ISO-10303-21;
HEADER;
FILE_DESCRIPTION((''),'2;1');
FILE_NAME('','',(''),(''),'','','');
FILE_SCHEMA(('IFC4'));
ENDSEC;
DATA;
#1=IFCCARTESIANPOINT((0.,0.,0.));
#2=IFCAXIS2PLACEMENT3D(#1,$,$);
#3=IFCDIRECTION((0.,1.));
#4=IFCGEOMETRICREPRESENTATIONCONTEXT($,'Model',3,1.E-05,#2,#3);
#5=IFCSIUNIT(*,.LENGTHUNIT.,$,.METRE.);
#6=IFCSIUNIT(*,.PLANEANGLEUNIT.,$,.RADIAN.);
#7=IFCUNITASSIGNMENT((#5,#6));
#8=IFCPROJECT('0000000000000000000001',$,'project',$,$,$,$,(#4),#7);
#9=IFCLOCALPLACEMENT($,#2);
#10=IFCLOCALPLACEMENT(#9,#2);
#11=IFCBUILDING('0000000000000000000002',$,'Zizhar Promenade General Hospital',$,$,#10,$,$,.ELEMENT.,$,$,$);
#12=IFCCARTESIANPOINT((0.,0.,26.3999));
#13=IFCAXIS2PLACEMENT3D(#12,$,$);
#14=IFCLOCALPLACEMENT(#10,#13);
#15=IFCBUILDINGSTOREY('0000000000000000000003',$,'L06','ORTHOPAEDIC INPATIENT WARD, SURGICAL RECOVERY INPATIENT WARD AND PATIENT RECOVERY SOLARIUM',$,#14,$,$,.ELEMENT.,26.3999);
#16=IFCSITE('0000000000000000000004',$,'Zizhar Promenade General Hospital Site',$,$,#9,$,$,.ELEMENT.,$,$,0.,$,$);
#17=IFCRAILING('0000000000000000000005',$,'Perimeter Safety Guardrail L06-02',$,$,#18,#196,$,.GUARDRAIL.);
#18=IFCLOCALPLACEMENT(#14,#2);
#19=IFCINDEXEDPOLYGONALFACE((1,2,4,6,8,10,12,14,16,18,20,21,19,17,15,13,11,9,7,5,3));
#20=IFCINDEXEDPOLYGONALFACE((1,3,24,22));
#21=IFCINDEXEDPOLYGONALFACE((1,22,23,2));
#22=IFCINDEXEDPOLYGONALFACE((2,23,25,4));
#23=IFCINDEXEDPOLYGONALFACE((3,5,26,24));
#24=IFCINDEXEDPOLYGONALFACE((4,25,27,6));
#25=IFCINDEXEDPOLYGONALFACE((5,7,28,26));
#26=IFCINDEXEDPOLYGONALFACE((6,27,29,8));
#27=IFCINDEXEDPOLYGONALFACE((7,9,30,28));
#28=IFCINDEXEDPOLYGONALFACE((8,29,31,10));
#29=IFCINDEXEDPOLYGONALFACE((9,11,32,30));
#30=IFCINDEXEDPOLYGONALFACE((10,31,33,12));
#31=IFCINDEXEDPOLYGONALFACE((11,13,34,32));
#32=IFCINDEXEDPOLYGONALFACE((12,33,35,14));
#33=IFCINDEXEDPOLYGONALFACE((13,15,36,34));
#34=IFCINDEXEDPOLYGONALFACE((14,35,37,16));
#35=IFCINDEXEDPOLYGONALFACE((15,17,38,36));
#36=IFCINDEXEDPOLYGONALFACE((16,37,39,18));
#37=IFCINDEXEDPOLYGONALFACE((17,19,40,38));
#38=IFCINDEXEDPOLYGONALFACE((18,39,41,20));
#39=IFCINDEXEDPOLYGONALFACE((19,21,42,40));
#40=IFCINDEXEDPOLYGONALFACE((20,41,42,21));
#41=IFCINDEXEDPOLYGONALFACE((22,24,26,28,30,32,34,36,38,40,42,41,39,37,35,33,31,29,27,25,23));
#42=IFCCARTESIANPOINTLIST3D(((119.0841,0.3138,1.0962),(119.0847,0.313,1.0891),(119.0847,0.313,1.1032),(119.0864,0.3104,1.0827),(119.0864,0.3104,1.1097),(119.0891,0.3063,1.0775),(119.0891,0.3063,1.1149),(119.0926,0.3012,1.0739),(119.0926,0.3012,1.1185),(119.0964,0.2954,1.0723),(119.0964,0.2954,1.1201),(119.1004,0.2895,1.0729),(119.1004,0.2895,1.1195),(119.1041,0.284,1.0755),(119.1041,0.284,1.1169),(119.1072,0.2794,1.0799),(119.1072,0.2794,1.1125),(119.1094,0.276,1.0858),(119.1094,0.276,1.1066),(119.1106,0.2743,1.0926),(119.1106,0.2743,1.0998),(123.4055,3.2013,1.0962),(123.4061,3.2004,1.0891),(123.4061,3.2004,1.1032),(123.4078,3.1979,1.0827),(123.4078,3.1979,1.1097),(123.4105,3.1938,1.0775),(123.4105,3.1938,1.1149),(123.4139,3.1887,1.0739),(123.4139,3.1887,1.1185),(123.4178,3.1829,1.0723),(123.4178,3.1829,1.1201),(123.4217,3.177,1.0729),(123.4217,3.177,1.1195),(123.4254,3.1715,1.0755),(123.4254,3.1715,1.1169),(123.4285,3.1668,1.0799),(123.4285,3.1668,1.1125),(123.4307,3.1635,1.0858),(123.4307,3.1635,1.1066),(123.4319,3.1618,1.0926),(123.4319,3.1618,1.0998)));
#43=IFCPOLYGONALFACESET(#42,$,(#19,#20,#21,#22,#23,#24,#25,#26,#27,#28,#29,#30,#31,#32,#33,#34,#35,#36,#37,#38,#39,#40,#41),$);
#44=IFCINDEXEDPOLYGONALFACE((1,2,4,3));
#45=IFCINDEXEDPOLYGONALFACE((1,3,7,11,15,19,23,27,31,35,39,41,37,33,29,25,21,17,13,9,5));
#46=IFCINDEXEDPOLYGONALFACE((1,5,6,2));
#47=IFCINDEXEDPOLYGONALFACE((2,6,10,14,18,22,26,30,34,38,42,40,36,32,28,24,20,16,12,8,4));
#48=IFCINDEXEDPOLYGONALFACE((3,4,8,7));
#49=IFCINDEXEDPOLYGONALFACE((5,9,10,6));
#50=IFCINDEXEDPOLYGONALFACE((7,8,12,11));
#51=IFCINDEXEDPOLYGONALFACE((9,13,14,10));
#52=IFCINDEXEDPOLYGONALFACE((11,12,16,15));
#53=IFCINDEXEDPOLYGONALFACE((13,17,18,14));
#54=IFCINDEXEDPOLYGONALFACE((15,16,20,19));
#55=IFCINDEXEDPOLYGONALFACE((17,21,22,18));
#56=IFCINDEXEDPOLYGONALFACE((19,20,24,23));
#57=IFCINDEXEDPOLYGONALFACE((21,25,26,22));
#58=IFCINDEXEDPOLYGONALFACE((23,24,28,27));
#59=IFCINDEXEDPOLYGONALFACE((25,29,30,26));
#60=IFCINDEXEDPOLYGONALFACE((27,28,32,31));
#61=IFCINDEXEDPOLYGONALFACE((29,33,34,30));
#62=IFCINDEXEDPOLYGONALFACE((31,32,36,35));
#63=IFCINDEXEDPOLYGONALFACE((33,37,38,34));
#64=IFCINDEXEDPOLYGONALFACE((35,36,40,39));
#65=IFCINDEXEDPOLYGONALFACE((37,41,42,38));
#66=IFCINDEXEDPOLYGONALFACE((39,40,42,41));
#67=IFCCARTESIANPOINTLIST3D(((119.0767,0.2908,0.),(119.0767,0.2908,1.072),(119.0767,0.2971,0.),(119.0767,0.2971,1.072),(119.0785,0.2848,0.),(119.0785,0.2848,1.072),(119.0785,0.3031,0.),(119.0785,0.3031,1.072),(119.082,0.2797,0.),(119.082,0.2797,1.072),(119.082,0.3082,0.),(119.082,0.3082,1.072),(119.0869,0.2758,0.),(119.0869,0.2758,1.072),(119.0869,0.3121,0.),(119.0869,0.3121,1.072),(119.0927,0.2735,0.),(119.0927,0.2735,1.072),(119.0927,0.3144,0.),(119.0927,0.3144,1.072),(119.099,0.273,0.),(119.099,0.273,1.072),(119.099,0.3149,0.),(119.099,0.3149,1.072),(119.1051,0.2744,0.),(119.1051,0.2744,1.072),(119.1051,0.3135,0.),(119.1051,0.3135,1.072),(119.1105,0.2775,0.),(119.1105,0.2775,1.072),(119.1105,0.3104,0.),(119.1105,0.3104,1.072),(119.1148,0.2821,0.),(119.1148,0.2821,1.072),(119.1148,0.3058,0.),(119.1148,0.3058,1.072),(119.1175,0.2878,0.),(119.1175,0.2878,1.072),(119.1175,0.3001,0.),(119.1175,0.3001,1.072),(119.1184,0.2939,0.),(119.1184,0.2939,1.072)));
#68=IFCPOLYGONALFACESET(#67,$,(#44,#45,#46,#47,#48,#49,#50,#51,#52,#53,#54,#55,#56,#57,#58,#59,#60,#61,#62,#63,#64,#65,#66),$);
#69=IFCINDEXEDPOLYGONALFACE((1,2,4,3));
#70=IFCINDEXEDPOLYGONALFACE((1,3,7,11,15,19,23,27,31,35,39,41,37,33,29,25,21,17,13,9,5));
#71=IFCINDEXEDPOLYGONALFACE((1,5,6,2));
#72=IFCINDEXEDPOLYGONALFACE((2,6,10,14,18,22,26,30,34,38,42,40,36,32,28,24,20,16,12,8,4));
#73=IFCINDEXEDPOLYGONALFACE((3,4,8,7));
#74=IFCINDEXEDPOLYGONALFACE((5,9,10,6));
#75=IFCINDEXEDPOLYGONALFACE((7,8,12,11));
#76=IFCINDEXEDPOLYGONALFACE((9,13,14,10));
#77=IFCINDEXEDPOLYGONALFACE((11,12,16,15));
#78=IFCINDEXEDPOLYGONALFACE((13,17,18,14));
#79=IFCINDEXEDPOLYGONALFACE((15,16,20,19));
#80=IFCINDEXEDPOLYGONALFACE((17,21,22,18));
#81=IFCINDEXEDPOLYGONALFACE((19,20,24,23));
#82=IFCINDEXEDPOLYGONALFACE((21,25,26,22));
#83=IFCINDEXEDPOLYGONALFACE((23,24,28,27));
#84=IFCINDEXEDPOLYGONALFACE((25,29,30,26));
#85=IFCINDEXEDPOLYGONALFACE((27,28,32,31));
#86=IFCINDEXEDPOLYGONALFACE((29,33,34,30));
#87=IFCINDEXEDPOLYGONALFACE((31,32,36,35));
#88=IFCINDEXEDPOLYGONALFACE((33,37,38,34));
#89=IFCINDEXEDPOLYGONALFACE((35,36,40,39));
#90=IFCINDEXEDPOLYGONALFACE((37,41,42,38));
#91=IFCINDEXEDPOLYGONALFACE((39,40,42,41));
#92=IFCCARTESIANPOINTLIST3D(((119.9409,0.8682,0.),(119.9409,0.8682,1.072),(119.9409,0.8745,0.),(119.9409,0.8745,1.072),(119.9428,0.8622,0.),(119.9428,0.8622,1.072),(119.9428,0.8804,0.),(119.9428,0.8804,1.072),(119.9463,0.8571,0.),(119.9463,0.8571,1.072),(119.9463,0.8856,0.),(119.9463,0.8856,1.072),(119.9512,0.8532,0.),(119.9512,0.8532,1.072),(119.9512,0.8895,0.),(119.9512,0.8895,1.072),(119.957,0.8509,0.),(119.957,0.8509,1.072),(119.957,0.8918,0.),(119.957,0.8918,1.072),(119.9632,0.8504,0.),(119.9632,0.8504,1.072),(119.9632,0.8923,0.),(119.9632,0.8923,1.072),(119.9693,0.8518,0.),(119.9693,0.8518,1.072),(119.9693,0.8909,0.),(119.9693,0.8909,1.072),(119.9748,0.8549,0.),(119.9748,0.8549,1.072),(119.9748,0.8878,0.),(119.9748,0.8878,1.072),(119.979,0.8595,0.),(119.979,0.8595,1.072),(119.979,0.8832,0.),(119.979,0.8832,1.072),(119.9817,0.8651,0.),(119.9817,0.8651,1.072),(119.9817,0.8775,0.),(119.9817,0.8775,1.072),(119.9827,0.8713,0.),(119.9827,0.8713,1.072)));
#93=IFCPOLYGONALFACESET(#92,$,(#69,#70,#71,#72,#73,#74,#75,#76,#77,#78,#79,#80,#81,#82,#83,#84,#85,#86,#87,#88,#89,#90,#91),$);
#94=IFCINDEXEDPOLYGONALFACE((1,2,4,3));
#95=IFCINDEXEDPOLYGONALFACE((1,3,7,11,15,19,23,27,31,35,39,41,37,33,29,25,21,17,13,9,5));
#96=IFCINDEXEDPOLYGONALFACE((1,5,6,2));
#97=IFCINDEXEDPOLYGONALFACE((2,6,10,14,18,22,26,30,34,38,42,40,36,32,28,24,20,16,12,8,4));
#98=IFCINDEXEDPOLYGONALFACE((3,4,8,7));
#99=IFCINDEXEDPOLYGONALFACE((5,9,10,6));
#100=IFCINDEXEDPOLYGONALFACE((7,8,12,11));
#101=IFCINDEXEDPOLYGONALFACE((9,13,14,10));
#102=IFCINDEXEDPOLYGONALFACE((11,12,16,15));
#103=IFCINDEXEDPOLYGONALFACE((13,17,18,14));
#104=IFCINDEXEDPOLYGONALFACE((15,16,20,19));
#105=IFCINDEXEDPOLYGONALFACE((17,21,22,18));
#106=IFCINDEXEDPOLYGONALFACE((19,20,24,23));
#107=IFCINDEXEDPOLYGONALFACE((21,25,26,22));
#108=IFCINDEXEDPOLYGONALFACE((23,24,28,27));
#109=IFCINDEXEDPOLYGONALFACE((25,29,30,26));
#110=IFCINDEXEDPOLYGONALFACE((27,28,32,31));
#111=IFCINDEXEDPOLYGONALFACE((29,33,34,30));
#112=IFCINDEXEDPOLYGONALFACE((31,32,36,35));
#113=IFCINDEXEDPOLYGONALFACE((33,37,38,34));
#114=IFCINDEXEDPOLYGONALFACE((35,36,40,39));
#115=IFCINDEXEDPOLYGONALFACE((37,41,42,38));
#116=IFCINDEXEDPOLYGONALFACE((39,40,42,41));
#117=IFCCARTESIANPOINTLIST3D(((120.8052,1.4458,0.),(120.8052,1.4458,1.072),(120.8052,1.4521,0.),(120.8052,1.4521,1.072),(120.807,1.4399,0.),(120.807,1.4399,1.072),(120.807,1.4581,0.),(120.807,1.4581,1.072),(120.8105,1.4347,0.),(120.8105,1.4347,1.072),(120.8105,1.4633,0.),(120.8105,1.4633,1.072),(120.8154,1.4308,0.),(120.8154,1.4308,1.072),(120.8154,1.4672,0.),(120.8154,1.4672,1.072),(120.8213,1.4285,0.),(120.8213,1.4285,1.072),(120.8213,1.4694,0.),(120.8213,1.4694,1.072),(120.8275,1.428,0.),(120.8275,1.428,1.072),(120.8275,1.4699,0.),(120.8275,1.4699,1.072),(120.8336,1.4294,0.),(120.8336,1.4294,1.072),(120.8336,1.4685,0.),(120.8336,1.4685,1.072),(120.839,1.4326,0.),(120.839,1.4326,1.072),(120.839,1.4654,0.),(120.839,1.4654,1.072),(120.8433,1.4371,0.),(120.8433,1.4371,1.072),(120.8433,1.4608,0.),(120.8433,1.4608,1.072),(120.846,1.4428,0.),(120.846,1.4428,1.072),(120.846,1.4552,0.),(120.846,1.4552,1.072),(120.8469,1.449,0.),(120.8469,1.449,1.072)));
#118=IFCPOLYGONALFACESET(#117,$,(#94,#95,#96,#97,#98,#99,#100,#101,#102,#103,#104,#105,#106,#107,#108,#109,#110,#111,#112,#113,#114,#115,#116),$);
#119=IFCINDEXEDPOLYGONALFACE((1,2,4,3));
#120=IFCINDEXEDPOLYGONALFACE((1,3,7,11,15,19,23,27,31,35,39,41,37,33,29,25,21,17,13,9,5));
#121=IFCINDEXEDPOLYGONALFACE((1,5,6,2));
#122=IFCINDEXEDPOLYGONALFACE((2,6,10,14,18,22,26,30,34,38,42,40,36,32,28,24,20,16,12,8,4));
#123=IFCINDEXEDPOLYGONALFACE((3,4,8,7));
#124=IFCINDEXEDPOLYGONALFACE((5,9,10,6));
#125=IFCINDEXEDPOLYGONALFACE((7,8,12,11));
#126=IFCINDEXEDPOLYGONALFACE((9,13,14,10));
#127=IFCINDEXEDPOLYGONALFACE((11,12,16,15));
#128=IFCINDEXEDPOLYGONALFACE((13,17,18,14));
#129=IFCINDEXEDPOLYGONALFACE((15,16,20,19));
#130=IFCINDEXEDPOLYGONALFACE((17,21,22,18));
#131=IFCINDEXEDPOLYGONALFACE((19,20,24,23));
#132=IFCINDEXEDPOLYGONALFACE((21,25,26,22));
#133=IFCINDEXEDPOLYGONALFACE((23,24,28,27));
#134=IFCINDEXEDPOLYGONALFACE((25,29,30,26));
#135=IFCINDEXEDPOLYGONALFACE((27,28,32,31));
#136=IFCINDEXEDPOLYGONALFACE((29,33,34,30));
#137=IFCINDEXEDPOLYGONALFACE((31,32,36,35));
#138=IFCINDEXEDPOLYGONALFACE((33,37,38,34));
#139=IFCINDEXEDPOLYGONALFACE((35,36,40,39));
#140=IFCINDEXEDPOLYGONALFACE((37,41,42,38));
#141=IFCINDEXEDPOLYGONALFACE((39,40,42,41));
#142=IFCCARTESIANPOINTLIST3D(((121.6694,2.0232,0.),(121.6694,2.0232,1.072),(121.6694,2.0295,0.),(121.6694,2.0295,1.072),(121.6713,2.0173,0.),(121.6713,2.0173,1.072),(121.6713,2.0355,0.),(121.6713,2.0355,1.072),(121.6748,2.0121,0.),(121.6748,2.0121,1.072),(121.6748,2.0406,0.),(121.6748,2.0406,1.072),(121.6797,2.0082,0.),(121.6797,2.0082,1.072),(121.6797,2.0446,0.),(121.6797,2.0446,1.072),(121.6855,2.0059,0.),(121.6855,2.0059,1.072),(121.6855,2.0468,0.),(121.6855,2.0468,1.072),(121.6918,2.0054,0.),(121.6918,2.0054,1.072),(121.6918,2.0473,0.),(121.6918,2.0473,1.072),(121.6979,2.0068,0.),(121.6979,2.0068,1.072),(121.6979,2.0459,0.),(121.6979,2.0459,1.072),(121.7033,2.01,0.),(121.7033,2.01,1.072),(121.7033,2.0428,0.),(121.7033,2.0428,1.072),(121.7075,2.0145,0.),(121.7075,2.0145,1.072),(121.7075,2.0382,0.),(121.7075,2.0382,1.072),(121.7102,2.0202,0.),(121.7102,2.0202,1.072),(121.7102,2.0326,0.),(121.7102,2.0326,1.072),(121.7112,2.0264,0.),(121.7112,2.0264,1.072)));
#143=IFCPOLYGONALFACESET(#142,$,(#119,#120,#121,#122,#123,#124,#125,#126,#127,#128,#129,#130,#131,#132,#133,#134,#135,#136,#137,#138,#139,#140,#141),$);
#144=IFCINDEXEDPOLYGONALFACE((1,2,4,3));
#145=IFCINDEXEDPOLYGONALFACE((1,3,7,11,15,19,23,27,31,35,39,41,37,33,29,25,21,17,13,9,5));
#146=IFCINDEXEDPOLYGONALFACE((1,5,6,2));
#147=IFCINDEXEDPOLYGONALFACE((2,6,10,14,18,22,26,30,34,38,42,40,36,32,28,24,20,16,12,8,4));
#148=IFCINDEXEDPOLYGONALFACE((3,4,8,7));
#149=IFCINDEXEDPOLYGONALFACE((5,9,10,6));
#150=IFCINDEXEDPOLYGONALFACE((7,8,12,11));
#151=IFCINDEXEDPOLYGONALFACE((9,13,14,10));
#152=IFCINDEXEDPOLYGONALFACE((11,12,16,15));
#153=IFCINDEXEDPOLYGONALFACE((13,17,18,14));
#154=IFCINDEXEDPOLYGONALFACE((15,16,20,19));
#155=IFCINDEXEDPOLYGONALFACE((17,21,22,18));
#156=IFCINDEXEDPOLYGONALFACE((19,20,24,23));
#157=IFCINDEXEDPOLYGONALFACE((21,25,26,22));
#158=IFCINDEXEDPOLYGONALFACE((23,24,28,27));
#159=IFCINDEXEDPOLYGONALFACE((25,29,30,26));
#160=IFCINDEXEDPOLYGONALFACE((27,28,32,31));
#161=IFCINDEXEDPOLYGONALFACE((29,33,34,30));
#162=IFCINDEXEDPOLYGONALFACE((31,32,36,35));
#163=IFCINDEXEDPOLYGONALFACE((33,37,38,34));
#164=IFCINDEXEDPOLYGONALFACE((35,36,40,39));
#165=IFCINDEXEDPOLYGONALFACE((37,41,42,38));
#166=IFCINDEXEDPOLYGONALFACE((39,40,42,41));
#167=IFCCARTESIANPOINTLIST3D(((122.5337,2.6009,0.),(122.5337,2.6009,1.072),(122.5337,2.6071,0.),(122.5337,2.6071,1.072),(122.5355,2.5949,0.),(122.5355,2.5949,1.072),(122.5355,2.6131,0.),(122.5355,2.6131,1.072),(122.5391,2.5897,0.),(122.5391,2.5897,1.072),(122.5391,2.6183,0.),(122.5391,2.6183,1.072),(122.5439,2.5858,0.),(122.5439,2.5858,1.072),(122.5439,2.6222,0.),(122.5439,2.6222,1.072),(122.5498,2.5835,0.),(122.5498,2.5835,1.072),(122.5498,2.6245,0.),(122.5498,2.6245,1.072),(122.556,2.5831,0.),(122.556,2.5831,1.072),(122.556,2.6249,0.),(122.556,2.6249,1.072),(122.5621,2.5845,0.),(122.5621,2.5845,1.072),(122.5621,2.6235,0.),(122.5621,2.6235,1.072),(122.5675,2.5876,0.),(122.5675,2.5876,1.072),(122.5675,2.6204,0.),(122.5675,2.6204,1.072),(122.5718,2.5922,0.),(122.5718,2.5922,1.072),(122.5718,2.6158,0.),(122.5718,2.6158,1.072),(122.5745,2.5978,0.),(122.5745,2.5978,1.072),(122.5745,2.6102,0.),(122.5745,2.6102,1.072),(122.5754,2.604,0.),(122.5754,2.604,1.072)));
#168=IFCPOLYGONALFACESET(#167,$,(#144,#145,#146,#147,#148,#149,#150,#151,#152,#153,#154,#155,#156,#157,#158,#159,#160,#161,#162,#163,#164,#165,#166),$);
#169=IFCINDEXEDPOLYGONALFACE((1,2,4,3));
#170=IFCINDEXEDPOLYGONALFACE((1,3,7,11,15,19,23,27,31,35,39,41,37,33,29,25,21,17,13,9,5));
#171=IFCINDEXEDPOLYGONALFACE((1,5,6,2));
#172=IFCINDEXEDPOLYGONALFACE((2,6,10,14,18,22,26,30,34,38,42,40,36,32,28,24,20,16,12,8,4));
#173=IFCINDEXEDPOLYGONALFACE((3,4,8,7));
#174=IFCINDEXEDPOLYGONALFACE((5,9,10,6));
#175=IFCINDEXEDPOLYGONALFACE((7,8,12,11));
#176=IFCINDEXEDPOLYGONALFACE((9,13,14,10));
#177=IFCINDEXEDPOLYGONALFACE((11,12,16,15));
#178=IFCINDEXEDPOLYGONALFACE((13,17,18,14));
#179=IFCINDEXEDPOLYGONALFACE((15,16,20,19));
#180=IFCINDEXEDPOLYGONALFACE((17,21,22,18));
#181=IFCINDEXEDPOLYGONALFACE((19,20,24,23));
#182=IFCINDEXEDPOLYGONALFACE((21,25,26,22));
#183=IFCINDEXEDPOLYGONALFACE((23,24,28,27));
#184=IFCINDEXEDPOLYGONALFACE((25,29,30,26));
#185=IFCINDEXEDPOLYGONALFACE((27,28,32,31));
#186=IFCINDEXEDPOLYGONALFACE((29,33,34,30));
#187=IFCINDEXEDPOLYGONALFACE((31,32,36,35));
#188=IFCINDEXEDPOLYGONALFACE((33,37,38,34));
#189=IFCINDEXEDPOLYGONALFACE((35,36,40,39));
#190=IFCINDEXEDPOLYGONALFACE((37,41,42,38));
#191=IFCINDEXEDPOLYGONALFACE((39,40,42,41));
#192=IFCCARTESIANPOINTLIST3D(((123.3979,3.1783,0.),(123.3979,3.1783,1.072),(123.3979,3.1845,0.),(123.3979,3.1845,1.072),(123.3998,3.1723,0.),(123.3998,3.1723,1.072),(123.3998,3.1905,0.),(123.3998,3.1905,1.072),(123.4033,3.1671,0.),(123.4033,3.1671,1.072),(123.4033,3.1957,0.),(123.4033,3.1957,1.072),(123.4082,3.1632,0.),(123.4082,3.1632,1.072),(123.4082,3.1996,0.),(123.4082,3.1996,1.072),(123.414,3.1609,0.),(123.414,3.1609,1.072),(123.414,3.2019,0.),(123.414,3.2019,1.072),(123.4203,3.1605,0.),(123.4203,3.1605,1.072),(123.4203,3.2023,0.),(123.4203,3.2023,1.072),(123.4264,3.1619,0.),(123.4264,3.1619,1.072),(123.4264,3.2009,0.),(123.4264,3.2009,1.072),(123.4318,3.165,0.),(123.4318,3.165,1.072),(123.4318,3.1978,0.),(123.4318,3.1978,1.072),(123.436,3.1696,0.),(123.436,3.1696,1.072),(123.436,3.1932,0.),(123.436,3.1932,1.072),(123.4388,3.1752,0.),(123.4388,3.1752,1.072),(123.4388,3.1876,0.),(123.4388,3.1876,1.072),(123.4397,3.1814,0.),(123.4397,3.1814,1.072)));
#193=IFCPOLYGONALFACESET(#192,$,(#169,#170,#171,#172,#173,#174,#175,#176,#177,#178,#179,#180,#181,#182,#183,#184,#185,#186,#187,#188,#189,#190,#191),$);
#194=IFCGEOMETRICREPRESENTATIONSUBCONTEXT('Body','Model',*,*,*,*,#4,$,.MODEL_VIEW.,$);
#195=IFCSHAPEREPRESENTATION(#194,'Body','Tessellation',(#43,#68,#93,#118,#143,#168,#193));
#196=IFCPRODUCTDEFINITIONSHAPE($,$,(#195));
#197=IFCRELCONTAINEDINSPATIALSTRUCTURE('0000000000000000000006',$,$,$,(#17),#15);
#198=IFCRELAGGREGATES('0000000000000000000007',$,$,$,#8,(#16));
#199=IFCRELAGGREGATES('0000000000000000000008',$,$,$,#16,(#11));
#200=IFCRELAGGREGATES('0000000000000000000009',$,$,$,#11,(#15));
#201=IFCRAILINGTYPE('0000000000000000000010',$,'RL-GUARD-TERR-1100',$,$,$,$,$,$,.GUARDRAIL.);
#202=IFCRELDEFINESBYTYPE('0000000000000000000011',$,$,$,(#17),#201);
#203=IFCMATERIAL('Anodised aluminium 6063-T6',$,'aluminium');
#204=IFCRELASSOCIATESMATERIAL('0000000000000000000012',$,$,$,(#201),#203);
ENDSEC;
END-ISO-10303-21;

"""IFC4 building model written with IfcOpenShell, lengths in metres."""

from ifc_helpers import new_model, si_unit, direction, frame, origin, origin_2d, place, context, subcontext, project, spatial, circle, hollow_circle, extrude, material, material_profile, profile_set, type_object, element, save


model = new_model("IFC4")

# Units and contexts
model_context = context("Model", 3, precision=1e-05, world=origin(), true_north=direction((0.0, 1.0)))
body_context = subcontext(model_context, "Body", "Model", "MODEL_VIEW")
ifc_project = project(units=[si_unit("LENGTHUNIT", "METRE"), si_unit("PLANEANGLEUNIT", "RADIAN")], contexts=[model_context])

# Site, building, storey
site_placement = place(None, origin())
site = spatial("IfcSite", under=ifc_project, at=site_placement, Name="Zizhar Promenade General Hospital Site", CompositionType="ELEMENT", RefElevation=0.0)
building_placement = place(site_placement, origin())
building = spatial("IfcBuilding", under=site, at=building_placement, Name="Zizhar Promenade General Hospital", CompositionType="ELEMENT")
storey_placement = place(building_placement, frame((0.0, 0.0, 26.3999)))
storey = spatial("IfcBuildingStorey", under=building, at=storey_placement, Name="L06", Description="ORTHOPAEDIC INPATIENT WARD, SURGICAL RECOVERY INPATIENT WARD AND PATIENT RECOVERY SOLARIUM", CompositionType="ELEMENT", Elevation=26.3999)

# Railing
ifc_material_1 = material(Name="Anodised aluminium 6063-T6", Category="aluminium")
ifc_material_profile_1 = material_profile(ifc_material_1, hollow_circle(Radius=0.0698, WallThickness=0.0063, at=origin_2d()))
ifc_profile_set_1 = profile_set([ifc_material_profile_1], Name="Anodised aluminium 6063-T6")
railing_type = type_object("IfcRailingType", Name="RL-GUARD-TERR-1100", PredefinedType="GUARDRAIL", material=ifc_profile_set_1)
railing_1_placement = place(storey_placement, frame((119.0974, 0.2939, 0.0)))
element("IfcRailing", 1, at=railing_1_placement, inside=storey, type_object=railing_type, Name="Perimeter Safety Guardrail L06-02", PredefinedType="GUARDRAIL", context=body_context, shape_type="SweptSolid", body=[
    extrude(circle(Radius=0.0239, at=origin_2d()), frame((0.0, 0.0, 1.0962), z_axis=(0.831464, 0.555578, 0.0), x_axis=(-0.555578, 0.831464, 0.0)), (0.0, 0.0, 1.0), 5.1973),
    extrude(circle(Radius=0.021, at=origin_2d()), origin(), (0.0, 0.0, 1.0), 1.072),
    extrude(circle(Radius=0.021, at=origin_2d()), frame((0.8643, 0.5774, 0.0)), (0.0, 0.0, 1.0), 1.072),
    extrude(circle(Radius=0.021, at=origin_2d()), frame((1.7285, 1.155, 0.0)), (0.0, 0.0, 1.0), 1.072),
    extrude(circle(Radius=0.021, at=origin_2d()), frame((2.5928, 1.7324, 0.0)), (0.0, 0.0, 1.0), 1.072),
    extrude(circle(Radius=0.021, at=origin_2d()), frame((3.457, 2.3101, 0.0)), (0.0, 0.0, 1.0), 1.072),
    extrude(circle(Radius=0.021, at=origin_2d()), frame((4.3213, 2.8875, 0.0)), (0.0, 0.0, 1.0), 1.072),
])

save(model, "model.ifc")
